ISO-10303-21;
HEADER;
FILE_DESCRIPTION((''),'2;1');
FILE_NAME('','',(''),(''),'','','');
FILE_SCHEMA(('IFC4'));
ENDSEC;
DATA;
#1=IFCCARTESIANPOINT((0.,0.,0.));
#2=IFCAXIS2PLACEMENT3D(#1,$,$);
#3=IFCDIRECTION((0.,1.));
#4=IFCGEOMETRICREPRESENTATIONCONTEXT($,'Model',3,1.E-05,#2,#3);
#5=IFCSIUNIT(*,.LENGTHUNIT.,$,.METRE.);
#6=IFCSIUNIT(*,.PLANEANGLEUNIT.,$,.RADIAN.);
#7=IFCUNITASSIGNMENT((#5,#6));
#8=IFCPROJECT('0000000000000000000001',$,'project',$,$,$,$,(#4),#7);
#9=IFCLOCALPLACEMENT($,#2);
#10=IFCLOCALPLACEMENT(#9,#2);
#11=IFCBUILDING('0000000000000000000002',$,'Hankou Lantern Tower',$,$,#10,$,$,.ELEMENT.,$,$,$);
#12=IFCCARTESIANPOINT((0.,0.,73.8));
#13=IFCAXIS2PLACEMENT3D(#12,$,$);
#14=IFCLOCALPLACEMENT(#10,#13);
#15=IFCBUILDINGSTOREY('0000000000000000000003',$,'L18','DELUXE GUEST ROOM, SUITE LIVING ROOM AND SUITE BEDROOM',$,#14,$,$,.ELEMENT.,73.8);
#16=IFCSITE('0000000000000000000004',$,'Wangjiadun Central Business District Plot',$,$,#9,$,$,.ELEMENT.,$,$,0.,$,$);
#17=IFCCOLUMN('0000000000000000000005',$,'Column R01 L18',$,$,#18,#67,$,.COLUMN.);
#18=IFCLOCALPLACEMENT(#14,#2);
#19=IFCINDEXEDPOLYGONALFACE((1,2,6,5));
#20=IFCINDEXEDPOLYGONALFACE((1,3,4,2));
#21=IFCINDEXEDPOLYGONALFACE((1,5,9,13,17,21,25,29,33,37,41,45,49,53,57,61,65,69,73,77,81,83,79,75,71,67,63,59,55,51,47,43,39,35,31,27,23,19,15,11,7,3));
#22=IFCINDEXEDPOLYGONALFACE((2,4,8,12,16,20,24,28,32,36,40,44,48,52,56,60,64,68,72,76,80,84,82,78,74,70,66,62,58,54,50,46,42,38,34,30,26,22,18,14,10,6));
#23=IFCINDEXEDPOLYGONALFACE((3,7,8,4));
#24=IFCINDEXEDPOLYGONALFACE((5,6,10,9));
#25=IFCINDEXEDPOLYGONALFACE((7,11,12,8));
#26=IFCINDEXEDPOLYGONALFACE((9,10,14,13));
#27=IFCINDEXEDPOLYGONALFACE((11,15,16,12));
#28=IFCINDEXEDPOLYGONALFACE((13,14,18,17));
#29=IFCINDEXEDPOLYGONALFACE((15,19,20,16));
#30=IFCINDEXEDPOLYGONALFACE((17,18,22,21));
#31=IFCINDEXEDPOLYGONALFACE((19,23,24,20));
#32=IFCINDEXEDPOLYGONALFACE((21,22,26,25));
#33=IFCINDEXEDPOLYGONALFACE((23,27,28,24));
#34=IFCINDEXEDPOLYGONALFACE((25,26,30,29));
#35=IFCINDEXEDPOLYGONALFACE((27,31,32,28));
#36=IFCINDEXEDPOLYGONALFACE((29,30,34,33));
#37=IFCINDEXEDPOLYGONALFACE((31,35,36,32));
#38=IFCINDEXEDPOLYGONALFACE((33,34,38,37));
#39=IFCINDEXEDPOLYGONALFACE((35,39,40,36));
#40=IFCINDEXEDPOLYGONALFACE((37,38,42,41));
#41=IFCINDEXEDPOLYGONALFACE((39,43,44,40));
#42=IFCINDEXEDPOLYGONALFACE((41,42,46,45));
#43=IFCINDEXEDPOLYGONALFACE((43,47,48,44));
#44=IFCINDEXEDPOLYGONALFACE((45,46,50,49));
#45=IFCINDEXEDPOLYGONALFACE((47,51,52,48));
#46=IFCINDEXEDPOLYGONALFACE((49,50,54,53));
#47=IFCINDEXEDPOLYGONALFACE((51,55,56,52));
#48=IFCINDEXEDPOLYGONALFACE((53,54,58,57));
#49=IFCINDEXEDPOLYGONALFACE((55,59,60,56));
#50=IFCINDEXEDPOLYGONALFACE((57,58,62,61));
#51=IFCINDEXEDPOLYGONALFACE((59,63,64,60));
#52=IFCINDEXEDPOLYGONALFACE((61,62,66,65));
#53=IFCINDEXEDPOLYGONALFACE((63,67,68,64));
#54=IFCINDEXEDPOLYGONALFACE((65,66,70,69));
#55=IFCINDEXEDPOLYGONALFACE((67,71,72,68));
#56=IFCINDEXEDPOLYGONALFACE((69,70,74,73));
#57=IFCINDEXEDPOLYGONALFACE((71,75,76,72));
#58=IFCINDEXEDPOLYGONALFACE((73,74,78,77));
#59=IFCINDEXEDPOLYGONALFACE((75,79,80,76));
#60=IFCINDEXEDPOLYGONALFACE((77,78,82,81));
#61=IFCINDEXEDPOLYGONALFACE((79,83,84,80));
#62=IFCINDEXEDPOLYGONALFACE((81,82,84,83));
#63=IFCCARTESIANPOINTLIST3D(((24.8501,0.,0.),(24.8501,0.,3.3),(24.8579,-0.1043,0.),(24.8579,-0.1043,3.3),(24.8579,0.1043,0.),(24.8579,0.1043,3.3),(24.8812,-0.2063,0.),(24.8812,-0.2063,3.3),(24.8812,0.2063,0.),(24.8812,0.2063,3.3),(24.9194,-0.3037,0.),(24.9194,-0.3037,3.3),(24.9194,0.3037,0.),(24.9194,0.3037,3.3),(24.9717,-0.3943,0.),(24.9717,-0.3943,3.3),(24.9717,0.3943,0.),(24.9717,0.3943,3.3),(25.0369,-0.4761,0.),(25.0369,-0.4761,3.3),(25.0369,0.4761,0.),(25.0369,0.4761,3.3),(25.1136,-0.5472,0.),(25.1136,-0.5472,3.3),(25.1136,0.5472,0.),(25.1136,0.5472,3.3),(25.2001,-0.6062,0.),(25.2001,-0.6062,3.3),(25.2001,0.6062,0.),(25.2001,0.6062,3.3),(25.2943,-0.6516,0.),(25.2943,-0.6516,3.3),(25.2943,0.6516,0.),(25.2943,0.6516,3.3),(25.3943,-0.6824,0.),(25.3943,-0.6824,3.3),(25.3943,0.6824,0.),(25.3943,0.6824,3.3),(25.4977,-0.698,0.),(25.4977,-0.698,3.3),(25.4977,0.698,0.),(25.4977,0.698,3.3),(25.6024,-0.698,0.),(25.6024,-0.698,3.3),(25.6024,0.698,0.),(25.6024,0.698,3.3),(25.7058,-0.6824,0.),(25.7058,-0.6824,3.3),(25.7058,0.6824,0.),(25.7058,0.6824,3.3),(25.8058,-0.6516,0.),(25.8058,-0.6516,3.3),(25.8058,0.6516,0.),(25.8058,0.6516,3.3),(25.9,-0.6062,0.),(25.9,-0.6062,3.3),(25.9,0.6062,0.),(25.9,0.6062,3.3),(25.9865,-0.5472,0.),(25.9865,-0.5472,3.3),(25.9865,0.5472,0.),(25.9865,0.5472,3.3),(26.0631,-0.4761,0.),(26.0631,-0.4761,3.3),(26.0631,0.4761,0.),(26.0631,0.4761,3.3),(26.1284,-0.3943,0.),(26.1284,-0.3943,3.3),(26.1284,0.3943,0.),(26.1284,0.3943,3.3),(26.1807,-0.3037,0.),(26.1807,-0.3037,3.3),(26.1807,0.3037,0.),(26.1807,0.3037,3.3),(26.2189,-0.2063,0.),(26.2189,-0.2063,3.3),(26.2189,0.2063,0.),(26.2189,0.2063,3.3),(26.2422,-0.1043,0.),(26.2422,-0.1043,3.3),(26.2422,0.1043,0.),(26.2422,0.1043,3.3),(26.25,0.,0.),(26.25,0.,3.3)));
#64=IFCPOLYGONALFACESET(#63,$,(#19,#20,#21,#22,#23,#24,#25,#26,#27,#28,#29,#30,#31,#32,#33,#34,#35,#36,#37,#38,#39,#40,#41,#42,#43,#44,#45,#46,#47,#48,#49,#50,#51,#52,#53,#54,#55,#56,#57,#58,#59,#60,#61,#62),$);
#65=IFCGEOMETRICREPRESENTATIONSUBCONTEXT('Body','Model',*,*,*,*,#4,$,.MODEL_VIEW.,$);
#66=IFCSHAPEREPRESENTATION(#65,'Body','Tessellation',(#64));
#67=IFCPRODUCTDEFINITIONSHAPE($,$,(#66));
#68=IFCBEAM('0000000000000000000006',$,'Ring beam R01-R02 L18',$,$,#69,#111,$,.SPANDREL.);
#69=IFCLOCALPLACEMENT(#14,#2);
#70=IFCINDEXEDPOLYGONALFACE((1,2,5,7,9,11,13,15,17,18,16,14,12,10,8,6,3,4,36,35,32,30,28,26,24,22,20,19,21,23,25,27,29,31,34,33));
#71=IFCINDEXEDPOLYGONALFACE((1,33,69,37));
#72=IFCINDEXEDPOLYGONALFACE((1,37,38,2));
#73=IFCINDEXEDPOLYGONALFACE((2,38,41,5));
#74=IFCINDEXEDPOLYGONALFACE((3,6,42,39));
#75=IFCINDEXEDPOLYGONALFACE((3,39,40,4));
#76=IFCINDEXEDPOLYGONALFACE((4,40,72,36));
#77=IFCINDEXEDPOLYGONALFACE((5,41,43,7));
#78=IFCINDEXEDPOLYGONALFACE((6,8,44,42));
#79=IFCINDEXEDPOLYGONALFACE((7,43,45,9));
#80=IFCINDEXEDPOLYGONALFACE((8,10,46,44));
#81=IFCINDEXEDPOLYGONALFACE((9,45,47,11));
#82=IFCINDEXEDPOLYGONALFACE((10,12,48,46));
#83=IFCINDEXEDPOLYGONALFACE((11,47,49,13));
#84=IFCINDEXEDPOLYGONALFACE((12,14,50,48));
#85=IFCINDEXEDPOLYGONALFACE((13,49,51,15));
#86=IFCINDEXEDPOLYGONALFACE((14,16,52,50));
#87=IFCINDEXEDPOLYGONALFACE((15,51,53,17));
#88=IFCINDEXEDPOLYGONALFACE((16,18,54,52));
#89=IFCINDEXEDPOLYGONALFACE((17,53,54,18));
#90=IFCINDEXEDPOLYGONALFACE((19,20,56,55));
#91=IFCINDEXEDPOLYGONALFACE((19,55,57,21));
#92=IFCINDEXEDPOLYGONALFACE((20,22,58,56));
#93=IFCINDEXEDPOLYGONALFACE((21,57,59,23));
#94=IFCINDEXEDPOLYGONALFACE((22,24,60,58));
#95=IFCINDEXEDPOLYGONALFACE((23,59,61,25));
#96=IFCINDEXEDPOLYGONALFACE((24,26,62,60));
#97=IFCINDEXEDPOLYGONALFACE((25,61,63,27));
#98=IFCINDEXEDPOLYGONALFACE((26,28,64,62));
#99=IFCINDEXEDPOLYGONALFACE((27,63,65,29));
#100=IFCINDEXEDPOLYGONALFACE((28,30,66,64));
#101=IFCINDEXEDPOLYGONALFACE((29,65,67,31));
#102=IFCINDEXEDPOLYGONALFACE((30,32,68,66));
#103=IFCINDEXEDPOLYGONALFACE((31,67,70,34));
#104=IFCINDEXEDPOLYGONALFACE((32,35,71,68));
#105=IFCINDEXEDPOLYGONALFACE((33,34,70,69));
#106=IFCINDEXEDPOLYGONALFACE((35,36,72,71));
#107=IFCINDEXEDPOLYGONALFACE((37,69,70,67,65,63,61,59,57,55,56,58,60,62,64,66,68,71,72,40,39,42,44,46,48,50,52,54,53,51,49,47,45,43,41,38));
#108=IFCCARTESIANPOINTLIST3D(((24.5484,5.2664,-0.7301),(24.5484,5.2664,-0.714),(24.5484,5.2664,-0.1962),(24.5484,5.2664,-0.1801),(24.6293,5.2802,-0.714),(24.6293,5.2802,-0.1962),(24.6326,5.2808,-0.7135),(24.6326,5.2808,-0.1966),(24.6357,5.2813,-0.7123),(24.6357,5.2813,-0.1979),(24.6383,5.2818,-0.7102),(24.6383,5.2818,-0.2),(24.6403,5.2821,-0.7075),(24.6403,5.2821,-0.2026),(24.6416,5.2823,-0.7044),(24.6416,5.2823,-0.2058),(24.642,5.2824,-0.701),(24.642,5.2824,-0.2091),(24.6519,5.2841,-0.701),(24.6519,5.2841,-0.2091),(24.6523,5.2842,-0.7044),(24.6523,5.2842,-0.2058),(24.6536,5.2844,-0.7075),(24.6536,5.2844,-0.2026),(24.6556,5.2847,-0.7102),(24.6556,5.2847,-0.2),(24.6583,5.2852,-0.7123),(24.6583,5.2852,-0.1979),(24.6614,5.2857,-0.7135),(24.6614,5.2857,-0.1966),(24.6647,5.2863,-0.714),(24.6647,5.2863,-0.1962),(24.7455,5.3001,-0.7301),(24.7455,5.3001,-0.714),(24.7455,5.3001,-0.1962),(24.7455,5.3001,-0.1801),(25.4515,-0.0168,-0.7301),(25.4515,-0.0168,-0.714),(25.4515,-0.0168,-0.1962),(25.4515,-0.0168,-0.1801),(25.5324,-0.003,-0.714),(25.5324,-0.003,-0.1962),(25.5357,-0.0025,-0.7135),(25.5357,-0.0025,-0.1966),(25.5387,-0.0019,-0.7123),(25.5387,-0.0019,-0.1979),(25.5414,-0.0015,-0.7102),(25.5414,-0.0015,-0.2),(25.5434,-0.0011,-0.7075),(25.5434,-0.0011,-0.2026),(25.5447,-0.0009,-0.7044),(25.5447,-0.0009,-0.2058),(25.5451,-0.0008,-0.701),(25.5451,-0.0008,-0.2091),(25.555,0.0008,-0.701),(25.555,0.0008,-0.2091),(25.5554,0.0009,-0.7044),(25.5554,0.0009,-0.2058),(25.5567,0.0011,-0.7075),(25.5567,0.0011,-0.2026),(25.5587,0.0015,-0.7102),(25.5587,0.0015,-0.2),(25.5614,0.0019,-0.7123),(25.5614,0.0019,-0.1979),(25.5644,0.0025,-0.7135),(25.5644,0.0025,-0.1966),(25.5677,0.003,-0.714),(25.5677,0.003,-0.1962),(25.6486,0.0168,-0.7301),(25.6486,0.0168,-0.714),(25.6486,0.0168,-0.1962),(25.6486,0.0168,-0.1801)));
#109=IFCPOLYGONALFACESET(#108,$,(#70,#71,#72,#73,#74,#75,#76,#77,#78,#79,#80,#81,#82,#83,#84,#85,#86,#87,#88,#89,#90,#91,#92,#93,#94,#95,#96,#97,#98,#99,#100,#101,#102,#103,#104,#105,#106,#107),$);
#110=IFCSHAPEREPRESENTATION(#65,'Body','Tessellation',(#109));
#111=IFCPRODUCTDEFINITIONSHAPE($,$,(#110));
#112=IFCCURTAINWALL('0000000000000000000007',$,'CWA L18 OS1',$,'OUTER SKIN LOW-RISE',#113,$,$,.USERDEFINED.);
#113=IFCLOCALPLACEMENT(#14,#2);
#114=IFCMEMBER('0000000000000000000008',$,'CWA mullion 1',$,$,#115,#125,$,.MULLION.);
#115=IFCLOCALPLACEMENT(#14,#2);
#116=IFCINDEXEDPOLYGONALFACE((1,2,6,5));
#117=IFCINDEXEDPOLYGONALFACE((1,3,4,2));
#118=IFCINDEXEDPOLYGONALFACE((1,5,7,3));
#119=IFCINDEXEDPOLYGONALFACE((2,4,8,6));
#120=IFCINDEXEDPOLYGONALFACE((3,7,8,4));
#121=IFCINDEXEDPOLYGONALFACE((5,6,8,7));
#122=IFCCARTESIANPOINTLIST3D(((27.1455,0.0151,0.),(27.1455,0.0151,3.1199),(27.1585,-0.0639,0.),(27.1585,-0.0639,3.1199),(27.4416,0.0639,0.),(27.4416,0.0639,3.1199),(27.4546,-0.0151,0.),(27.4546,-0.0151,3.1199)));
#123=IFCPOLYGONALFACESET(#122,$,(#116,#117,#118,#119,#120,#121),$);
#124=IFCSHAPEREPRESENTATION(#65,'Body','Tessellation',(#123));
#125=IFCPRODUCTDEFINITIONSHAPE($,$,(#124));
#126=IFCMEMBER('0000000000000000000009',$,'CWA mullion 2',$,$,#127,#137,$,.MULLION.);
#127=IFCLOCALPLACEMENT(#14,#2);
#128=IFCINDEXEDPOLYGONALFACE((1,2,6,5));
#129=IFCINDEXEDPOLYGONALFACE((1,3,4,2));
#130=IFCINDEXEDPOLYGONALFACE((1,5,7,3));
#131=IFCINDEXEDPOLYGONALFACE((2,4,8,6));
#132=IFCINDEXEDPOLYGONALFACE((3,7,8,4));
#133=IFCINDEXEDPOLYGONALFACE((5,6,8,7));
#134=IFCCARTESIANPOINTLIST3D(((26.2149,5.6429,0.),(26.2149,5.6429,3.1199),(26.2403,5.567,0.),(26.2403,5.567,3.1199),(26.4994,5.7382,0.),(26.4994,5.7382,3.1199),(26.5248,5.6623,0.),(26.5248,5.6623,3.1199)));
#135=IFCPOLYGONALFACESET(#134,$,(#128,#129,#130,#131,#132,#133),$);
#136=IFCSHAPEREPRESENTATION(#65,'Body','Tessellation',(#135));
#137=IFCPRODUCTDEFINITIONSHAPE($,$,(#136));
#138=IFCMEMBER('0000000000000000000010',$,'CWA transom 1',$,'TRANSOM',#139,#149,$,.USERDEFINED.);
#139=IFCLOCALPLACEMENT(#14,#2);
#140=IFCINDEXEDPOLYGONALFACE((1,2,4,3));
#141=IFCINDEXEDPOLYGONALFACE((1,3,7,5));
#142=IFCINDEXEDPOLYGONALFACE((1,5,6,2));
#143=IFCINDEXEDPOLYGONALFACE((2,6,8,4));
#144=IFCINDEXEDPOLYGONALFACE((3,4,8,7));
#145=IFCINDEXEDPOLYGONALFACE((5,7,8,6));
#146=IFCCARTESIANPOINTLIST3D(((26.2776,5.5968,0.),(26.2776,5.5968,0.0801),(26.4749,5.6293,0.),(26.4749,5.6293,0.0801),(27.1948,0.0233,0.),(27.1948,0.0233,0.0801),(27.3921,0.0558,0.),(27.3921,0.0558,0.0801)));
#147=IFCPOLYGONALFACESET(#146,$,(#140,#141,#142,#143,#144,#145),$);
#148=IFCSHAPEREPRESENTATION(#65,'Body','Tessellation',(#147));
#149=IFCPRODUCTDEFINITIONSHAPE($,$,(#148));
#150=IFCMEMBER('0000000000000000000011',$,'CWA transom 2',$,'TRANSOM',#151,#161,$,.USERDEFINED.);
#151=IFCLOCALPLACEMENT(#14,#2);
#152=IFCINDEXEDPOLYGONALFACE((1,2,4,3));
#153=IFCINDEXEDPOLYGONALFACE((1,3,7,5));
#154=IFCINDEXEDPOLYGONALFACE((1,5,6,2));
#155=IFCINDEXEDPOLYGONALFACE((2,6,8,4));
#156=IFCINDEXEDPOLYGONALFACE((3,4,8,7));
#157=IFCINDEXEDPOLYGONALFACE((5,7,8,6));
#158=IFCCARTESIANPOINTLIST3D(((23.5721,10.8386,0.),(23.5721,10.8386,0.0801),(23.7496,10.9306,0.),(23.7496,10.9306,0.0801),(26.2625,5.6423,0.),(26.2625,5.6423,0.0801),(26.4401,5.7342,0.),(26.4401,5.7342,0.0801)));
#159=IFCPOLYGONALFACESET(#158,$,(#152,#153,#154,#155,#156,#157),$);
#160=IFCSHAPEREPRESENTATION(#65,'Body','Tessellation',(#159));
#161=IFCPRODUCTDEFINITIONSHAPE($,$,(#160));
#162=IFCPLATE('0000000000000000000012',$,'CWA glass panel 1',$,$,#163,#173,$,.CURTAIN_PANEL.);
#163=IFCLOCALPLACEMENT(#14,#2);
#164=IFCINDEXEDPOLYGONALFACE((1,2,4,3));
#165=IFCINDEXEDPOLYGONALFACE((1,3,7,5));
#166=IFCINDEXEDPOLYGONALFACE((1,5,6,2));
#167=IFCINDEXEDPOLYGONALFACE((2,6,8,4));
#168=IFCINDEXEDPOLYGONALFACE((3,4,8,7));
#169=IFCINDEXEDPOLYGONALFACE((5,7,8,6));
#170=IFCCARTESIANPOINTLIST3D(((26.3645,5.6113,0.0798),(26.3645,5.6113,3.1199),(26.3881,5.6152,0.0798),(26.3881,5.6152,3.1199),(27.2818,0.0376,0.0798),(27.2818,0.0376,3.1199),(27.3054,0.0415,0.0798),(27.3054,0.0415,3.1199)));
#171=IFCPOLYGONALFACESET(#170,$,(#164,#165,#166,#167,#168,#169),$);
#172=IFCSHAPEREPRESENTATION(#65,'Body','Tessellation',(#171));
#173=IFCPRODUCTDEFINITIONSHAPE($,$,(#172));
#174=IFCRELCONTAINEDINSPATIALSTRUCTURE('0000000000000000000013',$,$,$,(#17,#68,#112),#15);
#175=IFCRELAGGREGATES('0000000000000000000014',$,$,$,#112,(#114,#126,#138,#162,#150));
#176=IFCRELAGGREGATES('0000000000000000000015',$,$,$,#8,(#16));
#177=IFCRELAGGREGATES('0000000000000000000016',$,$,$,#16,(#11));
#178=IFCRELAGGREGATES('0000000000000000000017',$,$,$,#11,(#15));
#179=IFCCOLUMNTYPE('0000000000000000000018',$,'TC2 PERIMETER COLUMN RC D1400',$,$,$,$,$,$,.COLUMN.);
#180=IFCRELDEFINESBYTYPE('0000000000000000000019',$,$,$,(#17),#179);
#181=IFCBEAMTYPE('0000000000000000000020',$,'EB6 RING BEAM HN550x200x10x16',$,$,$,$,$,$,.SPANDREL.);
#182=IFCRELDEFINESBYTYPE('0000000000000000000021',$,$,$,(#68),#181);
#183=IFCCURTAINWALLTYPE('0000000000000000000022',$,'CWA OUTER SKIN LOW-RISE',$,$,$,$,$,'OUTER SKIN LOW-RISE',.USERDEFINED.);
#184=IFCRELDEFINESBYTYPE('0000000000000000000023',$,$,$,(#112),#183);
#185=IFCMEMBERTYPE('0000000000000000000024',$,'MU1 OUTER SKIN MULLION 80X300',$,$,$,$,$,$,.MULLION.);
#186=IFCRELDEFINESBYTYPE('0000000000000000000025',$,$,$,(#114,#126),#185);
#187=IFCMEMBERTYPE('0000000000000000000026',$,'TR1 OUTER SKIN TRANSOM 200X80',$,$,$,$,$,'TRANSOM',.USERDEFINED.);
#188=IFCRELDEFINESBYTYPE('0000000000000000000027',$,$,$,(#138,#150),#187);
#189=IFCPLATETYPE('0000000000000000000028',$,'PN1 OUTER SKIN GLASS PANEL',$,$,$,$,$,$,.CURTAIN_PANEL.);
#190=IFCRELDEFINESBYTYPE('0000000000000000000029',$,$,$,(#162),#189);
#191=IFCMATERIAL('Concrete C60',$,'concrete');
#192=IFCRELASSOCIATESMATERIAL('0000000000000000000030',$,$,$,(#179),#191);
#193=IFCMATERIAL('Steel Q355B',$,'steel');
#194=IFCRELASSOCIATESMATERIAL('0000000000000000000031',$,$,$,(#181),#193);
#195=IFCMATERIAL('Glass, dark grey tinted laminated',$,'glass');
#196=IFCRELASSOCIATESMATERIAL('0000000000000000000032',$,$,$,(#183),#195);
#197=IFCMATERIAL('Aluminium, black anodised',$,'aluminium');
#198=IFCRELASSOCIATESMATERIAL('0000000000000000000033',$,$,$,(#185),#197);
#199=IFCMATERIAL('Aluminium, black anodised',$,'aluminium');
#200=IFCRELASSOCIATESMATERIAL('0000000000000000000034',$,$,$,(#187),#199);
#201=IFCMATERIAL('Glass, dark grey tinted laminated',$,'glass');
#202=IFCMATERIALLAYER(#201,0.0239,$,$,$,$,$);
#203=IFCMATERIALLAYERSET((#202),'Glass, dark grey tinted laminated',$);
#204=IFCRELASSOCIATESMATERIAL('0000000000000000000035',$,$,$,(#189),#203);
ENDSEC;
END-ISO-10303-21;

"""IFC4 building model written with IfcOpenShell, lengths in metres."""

from ifc_helpers import new_model, si_unit, direction, frame, origin, origin_2d, place, context, subcontext, project, spatial, rectangle, circle, i_section, extrude, material, layer, layer_set, material_profile, profile_set, type_object, element, aggregate, save


model = new_model("IFC4")

# Units and contexts
model_context = context("Model", 3, precision=1e-05, world=origin(), true_north=direction((0.0, 1.0)))
body_context = subcontext(model_context, "Body", "Model", "MODEL_VIEW")
ifc_project = project(units=[si_unit("LENGTHUNIT", "METRE"), si_unit("PLANEANGLEUNIT", "RADIAN")], contexts=[model_context])

# Site, building, storey
site_placement = place(None, origin())
site = spatial("IfcSite", under=ifc_project, at=site_placement, Name="Wangjiadun Central Business District Plot", CompositionType="ELEMENT", RefElevation=0.0)
building_placement = place(site_placement, origin())
building = spatial("IfcBuilding", under=site, at=building_placement, Name="Hankou Lantern Tower", CompositionType="ELEMENT")
storey_placement = place(building_placement, frame((0.0, 0.0, 73.8)))
storey = spatial("IfcBuildingStorey", under=building, at=storey_placement, Name="L18", Description="DELUXE GUEST ROOM, SUITE LIVING ROOM AND SUITE BEDROOM", CompositionType="ELEMENT", Elevation=73.8)

# Column
ifc_material_1 = material(Name="Concrete C60", Category="concrete")
ifc_material_profile_1 = material_profile(ifc_material_1, circle(Radius=0.7, at=origin_2d()), Name="RC D1400")
ifc_profile_set_1 = profile_set([ifc_material_profile_1], Name="Concrete C60")
column_type = type_object("IfcColumnType", Name="TC2 PERIMETER COLUMN RC D1400", PredefinedType="COLUMN", material=ifc_profile_set_1)
column_placement = place(storey_placement, frame((25.55, 0.0, 0.0), z_axis=(0.0, 0.0, 1.0), x_axis=(1.0, 0.0, 0.0)))
element("IfcColumn", 1, at=column_placement, inside=storey, type_object=column_type, Name="Column R01 L18", PredefinedType="COLUMN", context=body_context, shape_type="SweptSolid", body=[
    extrude(circle(Radius=0.7, at=origin_2d()), origin(), (0.0, 0.0, 1.0), 3.3),
])

# Beam
ifc_material_2 = material(Name="Steel Q355B", Category="steel")
ifc_material_profile_2 = material_profile(ifc_material_2, i_section(OverallWidth=0.2, OverallDepth=0.55, WebThickness=0.01, FlangeThickness=0.0161, FilletRadius=0.0129, at=origin_2d()), Name="HN550x200x10x16")
ifc_profile_set_2 = profile_set([ifc_material_profile_2], Name="Steel Q355B")
beam_type = type_object("IfcBeamType", Name="EB6 RING BEAM HN550x200x10x16", PredefinedType="SPANDREL", material=ifc_profile_set_2)
beam_placement = place(storey_placement, frame((25.55, 0.0, -0.4551), z_axis=(-0.16849, 0.985703, 0.0), x_axis=(-0.985703, -0.16849, 0.0)))
element("IfcBeam", 2, at=beam_placement, inside=storey, type_object=beam_type, Name="Ring beam R01-R02 L18", PredefinedType="SPANDREL", context=body_context, shape_type="SweptSolid", body=[
    extrude(i_section(OverallWidth=0.2, OverallDepth=0.55, WebThickness=0.01, FlangeThickness=0.0161, FilletRadius=0.0129, at=origin_2d()), origin(), (0.0, 0.0, 1.0), 5.3599),
])

# Curtain wall, members, plate
ifc_material_3 = material(Name="Glass, dark grey tinted laminated", Category="glass")
curtain_wall_type = type_object("IfcCurtainWallType", Name="CWA OUTER SKIN LOW-RISE", ElementType="OUTER SKIN LOW-RISE", PredefinedType="USERDEFINED", material=ifc_material_3)
curtain_wall_placement = place(storey_placement, origin())
curtain_wall = element("IfcCurtainWall", 3, at=curtain_wall_placement, inside=storey, type_object=curtain_wall_type, Name="CWA L18 OS1", ObjectType="OUTER SKIN LOW-RISE", PredefinedType="USERDEFINED")
ifc_material_4 = material(Name="Aluminium, black anodised", Category="aluminium")
ifc_material_profile_3 = material_profile(ifc_material_4, rectangle(XDim=0.0801, YDim=0.3, at=origin_2d()), Name="MU1 80X300")
ifc_profile_set_3 = profile_set([ifc_material_profile_3], Name="Aluminium, black anodised")
member_type_1 = type_object("IfcMemberType", Name="MU1 OUTER SKIN MULLION 80X300", PredefinedType="MULLION", material=ifc_profile_set_3)
member_1_placement = place(storey_placement, frame((27.3, 0.0, 0.0), z_axis=(0.0, 0.0, 1.0), x_axis=(-0.162382, 0.986728, 0.0)))
member_1 = element("IfcMember", 4, at=member_1_placement, type_object=member_type_1, Name="CWA mullion 1", PredefinedType="MULLION", context=body_context, shape_type="SweptSolid", body=[
    extrude(rectangle(XDim=0.0801, YDim=0.3, at=origin_2d()), origin(), (0.0, 0.0, 1.0), 3.1199),
])
member_2_placement = place(storey_placement, frame((26.3699, 5.6526, 0.0), z_axis=(0.0, 0.0, 1.0), x_axis=(-0.317596, 0.948226, 0.0)))
member_2 = element("IfcMember", 5, at=member_2_placement, type_object=member_type_1, Name="CWA mullion 2", PredefinedType="MULLION", context=body_context, shape_type="SweptSolid", body=[
    extrude(rectangle(XDim=0.0801, YDim=0.3, at=origin_2d()), origin(), (0.0, 0.0, 1.0), 3.1199),
])
ifc_material_5 = material(Name="Aluminium, black anodised", Category="aluminium")
ifc_material_profile_4 = material_profile(ifc_material_5, rectangle(XDim=0.2, YDim=0.0801, at=origin_2d()), Name="TR1 200X80")
ifc_profile_set_4 = profile_set([ifc_material_profile_4], Name="Aluminium, black anodised")
member_type_2 = type_object("IfcMemberType", Name="TR1 OUTER SKIN TRANSOM 200X80", ElementType="TRANSOM", PredefinedType="USERDEFINED", material=ifc_profile_set_4)
member_3_placement = place(storey_placement, frame((27.2935, 0.0396, 0.04), z_axis=(-0.162387, 0.986727, 0.0), x_axis=(-0.986727, -0.162387, 0.0)))
member_3 = element("IfcMember", 6, at=member_3_placement, type_object=member_type_2, Name="CWA transom 1", ObjectType="TRANSOM", PredefinedType="USERDEFINED", context=body_context, shape_type="SweptSolid", body=[
    extrude(rectangle(XDim=0.2, YDim=0.0801, at=origin_2d()), origin(), (0.0, 0.0, 1.0), 5.6484),
])
member_4_placement = place(storey_placement, frame((26.3513, 5.6882, 0.04), z_axis=(-0.459786, 0.88803, 0.0), x_axis=(-0.88803, -0.459786, 0.0)))
member_4 = element("IfcMember", 7, at=member_4_placement, type_object=member_type_2, Name="CWA transom 2", ObjectType="TRANSOM", PredefinedType="USERDEFINED", context=body_context, shape_type="SweptSolid", body=[
    extrude(rectangle(XDim=0.2, YDim=0.0801, at=origin_2d()), origin(), (0.0, 0.0, 1.0), 5.8516),
])
ifc_material_6 = material(Name="Glass, dark grey tinted laminated", Category="glass")
ifc_layer_1 = layer(ifc_material_6, 0.0239)
ifc_layer_set_1 = layer_set([ifc_layer_1], Name="Glass, dark grey tinted laminated")
plate_type = type_object("IfcPlateType", Name="PN1 OUTER SKIN GLASS PANEL", PredefinedType="CURTAIN_PANEL", material=ifc_layer_set_1)
plate_placement = place(storey_placement, frame((26.835, 2.8264, 0.0798), z_axis=(0.0, 0.0, 1.0), x_axis=(-0.162382, 0.986728, 0.0)))
plate = element("IfcPlate", 8, at=plate_placement, type_object=plate_type, Name="CWA glass panel 1", PredefinedType="CURTAIN_PANEL", context=body_context, shape_type="SweptSolid", body=[
    extrude(rectangle(XDim=5.6487, YDim=0.0239, at=origin_2d()), origin(), (0.0, 0.0, 1.0), 3.04),
])
aggregate(curtain_wall, [member_1, member_2, member_3, plate, member_4])

save(model, "model.ifc")
